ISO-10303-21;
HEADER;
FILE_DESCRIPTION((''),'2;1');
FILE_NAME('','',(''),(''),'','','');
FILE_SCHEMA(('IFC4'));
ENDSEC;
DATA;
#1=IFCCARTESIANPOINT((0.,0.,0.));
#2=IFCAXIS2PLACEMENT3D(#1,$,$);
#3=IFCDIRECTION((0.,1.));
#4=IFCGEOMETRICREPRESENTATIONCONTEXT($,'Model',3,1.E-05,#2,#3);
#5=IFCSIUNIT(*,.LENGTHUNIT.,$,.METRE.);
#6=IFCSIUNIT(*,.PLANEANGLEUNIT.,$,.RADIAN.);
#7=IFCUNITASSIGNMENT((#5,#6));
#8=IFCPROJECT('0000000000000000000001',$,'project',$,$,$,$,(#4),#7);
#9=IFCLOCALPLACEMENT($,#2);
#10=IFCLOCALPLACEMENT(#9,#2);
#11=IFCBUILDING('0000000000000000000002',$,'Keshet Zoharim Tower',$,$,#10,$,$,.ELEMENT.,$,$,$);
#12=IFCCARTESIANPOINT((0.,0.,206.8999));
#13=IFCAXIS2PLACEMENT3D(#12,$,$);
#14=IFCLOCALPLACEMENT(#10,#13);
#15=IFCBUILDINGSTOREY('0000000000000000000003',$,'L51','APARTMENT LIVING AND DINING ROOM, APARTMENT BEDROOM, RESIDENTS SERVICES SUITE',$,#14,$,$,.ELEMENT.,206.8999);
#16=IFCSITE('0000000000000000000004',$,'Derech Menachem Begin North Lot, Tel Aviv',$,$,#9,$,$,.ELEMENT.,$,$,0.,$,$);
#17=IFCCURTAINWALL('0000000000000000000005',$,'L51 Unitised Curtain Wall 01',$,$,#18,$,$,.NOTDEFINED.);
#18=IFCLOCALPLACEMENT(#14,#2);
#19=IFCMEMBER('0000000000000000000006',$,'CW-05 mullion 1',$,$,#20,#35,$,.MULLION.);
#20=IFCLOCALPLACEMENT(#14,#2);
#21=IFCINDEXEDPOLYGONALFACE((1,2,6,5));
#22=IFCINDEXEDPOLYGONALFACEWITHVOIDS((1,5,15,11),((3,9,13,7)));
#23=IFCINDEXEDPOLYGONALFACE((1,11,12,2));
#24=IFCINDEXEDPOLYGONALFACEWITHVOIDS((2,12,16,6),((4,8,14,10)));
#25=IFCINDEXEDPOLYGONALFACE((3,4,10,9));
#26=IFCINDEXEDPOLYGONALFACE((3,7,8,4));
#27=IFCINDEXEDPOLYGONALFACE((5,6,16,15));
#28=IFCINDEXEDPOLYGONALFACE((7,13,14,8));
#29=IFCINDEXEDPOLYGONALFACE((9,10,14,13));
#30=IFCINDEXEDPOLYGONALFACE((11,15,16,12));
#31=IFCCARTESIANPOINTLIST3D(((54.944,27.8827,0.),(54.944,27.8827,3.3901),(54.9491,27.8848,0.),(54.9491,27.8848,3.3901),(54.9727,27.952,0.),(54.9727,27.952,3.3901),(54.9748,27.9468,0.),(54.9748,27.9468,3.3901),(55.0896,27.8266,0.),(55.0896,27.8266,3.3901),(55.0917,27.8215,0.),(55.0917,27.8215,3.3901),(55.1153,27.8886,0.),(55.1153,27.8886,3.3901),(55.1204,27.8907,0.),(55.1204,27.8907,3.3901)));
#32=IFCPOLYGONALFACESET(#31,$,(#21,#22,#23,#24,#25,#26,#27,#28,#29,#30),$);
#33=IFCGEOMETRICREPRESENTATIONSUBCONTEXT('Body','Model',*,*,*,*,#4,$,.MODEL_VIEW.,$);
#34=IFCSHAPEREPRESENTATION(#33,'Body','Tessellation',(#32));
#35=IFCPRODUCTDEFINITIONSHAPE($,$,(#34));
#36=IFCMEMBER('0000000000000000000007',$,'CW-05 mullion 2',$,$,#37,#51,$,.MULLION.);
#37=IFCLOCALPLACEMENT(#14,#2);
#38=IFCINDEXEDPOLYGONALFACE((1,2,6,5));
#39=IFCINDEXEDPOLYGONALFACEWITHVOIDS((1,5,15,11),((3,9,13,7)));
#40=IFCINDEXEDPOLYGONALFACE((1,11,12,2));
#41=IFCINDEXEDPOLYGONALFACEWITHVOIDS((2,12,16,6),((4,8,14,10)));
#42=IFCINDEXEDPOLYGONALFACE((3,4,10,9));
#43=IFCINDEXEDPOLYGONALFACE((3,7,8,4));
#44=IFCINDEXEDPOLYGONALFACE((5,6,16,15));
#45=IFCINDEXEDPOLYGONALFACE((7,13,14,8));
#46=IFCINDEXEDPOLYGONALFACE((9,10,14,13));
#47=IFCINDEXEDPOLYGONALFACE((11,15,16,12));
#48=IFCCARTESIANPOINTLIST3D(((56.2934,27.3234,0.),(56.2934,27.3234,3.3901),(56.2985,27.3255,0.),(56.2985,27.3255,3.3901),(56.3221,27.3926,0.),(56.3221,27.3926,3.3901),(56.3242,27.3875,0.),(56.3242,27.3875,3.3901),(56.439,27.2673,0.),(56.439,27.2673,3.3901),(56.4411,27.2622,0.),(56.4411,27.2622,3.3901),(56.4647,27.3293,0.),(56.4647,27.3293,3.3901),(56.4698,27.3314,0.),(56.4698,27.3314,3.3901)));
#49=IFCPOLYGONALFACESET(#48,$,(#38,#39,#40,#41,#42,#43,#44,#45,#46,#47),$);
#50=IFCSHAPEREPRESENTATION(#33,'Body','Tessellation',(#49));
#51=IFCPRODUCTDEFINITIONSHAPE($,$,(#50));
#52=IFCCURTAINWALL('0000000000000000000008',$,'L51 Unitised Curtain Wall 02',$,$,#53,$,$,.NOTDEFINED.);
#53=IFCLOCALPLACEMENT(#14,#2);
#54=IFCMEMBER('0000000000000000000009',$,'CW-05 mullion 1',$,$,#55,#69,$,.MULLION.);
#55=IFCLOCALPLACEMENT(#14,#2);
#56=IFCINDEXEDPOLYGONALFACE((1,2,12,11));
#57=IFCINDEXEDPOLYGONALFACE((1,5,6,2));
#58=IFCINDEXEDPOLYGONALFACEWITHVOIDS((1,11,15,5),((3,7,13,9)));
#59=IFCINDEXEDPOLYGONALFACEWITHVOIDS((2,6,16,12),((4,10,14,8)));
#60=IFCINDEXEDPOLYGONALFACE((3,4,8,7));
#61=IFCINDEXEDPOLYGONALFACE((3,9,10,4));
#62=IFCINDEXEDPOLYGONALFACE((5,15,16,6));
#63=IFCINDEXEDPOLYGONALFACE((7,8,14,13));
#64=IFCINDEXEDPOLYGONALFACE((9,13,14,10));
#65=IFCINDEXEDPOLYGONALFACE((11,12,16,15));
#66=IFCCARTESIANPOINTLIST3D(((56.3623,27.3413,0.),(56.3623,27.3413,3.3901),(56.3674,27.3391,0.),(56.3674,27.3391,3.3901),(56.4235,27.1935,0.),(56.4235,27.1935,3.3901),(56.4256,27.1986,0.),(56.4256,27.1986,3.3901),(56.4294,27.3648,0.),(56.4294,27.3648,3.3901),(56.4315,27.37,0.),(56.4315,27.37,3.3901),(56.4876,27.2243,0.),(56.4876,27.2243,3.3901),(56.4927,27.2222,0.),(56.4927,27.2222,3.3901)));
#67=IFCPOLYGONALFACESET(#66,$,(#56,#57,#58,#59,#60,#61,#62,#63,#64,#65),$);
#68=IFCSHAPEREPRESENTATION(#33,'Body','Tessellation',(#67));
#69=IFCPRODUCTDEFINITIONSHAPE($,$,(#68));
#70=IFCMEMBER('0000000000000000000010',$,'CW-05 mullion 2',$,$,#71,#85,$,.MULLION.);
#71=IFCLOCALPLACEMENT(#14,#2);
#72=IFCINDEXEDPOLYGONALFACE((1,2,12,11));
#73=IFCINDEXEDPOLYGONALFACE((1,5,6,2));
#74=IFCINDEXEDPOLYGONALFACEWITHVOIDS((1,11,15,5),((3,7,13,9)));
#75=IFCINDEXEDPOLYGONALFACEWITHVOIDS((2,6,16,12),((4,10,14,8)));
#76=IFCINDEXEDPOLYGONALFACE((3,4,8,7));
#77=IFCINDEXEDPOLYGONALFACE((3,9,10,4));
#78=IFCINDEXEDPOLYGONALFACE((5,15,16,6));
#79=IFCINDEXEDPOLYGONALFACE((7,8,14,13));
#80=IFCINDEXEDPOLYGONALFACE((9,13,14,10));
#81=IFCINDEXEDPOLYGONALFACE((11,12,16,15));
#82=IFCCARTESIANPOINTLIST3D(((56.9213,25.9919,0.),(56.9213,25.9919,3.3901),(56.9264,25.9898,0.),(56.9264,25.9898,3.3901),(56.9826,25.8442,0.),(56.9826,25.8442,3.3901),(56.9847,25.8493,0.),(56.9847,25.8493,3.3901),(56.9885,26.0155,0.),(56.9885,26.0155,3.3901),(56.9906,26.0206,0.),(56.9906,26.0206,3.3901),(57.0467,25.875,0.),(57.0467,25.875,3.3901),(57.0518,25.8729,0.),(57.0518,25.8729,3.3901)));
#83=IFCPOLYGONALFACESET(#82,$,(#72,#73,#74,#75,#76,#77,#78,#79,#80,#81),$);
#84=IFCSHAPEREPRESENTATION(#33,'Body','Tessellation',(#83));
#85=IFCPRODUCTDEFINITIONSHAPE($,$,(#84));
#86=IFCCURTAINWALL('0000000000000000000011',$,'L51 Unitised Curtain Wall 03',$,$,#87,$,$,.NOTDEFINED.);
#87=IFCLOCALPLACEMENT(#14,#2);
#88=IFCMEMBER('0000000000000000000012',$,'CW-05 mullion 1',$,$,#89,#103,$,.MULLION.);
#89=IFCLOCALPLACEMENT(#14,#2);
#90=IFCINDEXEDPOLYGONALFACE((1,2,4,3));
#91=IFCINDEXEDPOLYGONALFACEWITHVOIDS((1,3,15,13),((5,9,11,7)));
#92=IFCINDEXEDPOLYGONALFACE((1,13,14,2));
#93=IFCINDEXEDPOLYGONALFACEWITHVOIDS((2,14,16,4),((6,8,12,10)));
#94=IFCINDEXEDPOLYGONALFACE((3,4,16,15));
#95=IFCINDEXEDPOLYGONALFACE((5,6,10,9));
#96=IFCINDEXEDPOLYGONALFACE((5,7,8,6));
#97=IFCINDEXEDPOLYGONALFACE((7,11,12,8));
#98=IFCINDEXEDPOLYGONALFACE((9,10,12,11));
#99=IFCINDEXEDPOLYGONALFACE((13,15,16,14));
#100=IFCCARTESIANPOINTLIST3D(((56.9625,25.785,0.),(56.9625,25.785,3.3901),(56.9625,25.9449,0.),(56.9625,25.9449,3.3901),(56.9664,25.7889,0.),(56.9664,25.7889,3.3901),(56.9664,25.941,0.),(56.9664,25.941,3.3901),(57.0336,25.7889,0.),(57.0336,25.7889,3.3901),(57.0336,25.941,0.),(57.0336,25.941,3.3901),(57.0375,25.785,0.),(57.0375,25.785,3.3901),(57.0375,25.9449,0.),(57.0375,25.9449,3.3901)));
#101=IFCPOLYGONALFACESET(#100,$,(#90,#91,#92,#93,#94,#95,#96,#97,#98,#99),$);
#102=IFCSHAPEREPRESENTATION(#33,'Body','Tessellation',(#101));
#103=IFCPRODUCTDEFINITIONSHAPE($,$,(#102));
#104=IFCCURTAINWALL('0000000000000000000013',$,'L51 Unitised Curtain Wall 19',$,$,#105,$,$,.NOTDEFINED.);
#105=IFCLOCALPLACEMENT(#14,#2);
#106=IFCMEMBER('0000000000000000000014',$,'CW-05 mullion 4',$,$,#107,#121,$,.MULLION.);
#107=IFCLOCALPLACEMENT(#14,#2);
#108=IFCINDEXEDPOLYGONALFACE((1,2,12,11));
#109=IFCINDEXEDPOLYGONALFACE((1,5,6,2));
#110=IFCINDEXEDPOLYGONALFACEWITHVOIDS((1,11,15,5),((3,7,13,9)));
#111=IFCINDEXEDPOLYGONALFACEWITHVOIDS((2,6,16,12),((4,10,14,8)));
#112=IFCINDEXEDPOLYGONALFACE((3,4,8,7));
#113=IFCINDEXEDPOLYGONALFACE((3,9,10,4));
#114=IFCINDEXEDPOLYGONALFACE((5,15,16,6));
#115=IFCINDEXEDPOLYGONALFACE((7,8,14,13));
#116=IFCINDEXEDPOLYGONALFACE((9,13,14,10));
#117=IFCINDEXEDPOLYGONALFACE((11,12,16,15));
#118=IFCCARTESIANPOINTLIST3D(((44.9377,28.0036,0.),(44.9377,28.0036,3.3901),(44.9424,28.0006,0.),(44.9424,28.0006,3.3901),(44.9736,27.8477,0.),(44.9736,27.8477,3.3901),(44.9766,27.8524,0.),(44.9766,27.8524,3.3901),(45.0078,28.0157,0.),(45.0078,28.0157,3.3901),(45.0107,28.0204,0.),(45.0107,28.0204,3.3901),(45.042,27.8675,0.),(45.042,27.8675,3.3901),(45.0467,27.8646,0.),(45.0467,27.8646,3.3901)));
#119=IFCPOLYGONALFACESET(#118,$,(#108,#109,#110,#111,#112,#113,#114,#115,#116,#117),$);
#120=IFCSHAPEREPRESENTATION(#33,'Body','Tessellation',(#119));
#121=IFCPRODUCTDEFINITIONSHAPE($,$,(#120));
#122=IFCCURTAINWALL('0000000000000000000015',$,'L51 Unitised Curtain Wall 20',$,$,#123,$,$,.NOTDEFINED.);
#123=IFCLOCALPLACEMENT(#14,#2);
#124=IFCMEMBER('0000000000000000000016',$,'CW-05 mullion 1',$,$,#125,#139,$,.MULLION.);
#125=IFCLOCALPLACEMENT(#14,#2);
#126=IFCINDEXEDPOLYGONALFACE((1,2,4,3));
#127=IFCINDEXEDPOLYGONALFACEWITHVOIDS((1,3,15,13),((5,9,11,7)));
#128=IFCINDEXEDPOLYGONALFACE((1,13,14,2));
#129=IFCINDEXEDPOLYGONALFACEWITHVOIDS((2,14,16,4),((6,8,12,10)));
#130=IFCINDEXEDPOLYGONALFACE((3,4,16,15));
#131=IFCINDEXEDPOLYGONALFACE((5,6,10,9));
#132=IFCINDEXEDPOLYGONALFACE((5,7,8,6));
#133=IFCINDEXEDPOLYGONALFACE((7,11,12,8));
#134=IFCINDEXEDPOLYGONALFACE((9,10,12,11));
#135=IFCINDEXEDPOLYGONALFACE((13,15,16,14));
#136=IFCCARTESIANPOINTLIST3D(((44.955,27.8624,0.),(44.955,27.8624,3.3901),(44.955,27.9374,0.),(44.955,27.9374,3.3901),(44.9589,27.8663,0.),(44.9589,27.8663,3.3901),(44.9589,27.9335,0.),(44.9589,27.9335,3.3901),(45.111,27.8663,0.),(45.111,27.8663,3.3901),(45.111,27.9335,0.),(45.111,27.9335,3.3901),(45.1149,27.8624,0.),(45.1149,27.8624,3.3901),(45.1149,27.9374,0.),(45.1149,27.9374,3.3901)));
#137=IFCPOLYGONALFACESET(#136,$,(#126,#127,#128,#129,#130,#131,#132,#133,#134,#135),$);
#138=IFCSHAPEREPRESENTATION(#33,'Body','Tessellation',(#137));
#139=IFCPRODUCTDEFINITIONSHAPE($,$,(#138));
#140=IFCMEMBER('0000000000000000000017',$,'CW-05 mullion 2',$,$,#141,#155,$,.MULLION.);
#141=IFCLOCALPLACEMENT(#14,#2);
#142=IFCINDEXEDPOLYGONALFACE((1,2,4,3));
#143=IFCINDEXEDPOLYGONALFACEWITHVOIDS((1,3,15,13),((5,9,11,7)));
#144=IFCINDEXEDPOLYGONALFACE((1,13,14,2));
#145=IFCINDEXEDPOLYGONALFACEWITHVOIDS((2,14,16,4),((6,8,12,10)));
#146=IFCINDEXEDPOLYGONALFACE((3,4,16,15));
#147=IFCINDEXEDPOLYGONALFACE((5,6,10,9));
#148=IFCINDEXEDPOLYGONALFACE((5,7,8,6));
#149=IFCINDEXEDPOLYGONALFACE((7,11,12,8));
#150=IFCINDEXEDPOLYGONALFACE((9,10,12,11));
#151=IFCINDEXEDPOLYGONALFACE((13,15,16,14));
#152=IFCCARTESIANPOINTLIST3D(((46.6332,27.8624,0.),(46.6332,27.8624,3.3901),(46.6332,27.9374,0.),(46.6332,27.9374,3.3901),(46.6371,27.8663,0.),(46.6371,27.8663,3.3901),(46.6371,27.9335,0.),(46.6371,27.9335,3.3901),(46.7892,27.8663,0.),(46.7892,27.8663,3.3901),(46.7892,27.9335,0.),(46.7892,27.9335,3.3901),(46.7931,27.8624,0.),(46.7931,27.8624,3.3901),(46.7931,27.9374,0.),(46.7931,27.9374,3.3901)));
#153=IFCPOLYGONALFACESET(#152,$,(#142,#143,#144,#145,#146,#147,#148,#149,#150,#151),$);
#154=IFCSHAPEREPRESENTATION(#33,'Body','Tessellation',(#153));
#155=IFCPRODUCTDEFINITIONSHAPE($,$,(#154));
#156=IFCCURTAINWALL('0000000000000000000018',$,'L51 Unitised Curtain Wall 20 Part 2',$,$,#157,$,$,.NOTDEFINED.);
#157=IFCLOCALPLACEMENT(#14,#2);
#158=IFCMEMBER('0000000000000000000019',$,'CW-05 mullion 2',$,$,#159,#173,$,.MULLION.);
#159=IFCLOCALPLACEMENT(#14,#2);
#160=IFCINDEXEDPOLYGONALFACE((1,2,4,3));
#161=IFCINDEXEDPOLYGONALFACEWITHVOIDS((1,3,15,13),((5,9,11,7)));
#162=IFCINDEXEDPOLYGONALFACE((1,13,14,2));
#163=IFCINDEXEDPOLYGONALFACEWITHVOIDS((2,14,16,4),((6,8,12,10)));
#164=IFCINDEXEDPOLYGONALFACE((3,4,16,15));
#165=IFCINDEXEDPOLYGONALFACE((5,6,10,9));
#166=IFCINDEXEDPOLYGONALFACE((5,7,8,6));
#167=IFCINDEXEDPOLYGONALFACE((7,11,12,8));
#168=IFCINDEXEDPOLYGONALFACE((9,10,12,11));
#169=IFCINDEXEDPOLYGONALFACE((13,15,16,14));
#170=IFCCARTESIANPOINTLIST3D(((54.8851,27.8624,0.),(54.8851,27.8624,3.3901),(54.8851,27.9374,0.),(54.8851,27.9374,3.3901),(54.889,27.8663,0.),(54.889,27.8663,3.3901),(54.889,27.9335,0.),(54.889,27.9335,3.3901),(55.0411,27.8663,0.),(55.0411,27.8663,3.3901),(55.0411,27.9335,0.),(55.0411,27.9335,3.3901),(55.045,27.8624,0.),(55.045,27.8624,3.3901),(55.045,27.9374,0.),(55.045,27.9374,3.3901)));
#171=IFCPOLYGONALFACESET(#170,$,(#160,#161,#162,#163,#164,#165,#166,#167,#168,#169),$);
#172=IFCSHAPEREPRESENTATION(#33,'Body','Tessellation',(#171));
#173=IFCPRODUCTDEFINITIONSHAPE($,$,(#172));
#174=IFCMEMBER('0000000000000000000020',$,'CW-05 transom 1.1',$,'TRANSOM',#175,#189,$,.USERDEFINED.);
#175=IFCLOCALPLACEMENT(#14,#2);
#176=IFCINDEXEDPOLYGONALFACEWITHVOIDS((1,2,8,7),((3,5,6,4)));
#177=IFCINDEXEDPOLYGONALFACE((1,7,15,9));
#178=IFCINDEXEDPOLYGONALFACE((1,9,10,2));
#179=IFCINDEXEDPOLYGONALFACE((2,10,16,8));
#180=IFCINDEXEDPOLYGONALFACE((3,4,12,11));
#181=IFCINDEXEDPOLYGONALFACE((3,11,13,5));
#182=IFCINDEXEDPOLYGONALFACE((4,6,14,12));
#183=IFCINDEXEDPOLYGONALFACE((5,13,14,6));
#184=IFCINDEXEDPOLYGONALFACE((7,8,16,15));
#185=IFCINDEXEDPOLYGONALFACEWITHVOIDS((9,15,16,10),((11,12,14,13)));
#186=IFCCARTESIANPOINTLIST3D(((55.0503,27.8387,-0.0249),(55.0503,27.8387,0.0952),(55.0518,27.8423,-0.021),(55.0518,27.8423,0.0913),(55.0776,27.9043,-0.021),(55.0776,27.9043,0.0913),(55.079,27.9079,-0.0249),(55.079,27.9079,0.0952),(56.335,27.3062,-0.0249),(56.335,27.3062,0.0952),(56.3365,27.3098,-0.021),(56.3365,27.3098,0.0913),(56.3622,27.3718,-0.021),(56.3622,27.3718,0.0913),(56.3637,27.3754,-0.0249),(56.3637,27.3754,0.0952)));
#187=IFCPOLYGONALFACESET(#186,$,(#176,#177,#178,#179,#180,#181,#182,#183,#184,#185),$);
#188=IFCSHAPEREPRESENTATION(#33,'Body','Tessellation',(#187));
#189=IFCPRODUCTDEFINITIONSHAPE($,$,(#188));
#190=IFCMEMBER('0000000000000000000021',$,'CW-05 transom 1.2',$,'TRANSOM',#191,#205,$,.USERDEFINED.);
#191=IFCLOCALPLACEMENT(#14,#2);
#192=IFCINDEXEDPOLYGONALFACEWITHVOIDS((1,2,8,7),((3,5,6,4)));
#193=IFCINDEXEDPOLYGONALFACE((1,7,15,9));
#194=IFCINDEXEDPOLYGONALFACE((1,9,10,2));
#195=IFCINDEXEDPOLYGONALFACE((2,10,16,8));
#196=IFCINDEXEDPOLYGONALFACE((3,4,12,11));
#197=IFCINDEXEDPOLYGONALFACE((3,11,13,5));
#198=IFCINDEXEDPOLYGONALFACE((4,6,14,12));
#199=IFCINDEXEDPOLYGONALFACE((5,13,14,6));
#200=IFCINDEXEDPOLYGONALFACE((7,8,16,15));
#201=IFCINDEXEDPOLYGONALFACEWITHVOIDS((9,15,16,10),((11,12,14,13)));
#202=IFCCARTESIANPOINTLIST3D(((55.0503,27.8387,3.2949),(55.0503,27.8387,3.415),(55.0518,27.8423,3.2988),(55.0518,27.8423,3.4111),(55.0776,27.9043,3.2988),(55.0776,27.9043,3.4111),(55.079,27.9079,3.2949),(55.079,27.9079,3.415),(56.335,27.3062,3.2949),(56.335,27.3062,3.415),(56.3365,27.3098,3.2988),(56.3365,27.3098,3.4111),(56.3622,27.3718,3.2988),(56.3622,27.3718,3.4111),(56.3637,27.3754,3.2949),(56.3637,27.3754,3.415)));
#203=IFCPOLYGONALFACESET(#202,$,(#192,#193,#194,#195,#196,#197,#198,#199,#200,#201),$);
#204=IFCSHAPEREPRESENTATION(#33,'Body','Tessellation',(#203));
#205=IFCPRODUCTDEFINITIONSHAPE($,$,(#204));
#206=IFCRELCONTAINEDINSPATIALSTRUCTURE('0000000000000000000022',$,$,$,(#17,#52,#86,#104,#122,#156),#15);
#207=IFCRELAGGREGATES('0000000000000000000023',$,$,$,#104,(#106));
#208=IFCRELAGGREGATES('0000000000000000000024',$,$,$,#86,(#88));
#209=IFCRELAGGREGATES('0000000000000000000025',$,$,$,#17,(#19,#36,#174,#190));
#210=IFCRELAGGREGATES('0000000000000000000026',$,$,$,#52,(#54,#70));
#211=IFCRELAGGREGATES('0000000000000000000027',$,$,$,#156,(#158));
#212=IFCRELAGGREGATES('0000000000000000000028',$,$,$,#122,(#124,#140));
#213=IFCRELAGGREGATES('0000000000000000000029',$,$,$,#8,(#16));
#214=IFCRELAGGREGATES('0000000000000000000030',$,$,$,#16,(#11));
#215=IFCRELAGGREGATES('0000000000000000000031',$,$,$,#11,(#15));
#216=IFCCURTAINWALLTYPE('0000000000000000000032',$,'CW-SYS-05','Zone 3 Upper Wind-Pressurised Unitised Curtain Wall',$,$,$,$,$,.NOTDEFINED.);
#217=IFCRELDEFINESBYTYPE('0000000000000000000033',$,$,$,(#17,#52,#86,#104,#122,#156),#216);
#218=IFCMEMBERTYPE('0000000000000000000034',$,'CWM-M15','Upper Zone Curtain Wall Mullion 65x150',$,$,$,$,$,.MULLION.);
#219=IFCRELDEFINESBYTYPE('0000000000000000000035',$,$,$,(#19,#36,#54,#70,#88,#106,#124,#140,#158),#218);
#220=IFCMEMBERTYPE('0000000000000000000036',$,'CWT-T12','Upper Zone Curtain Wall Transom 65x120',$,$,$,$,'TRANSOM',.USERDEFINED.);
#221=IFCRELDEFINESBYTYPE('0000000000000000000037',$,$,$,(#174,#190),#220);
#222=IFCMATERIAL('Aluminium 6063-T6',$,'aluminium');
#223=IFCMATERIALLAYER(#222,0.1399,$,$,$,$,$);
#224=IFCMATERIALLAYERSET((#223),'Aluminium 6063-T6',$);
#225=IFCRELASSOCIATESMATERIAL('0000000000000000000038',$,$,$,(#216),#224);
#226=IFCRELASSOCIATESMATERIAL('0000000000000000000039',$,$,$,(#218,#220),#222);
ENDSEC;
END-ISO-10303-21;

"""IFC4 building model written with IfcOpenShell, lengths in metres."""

from ifc_helpers import new_model, si_unit, direction, frame, origin, origin_2d, place, context, subcontext, project, spatial, hollow_rectangle, extrude, material, layer, layer_set, material_profile, profile_set, type_object, element, aggregate, save


model = new_model("IFC4")

# Units and contexts
model_context = context("Model", 3, precision=1e-05, world=origin(), true_north=direction((0.0, 1.0)))
body_context = subcontext(model_context, "Body", "Model", "MODEL_VIEW")
ifc_project = project(units=[si_unit("LENGTHUNIT", "METRE"), si_unit("PLANEANGLEUNIT", "RADIAN")], contexts=[model_context])

# Site, building, storey
site_placement = place(None, origin())
site = spatial("IfcSite", under=ifc_project, at=site_placement, Name="Derech Menachem Begin North Lot, Tel Aviv", CompositionType="ELEMENT", RefElevation=0.0)
building_placement = place(site_placement, origin())
building = spatial("IfcBuilding", under=site, at=building_placement, Name="Keshet Zoharim Tower", CompositionType="ELEMENT")
storey_placement = place(building_placement, frame((0.0, 0.0, 206.8999)))
storey = spatial("IfcBuildingStorey", under=building, at=storey_placement, Name="L51", Description="APARTMENT LIVING AND DINING ROOM, APARTMENT BEDROOM, RESIDENTS SERVICES SUITE", CompositionType="ELEMENT", Elevation=206.8999)

# Curtain walls, members
ifc_material_1 = material(Name="Aluminium 6063-T6", Category="aluminium")
ifc_layer_1 = layer(ifc_material_1, 0.1399)
ifc_layer_set_1 = layer_set([ifc_layer_1], Name="Aluminium 6063-T6")
curtain_wall_type = type_object("IfcCurtainWallType", Name="CW-SYS-05", Description="Zone 3 Upper Wind-Pressurised Unitised Curtain Wall", PredefinedType="NOTDEFINED", material=ifc_layer_set_1)
curtain_wall_1_placement = place(storey_placement, origin())
curtain_wall_1 = element("IfcCurtainWall", 1, at=curtain_wall_1_placement, inside=storey, type_object=curtain_wall_type, Name="L51 Unitised Curtain Wall 01", PredefinedType="NOTDEFINED")
ifc_material_profile_1 = material_profile(ifc_material_1, hollow_rectangle(XDim=0.075, YDim=0.1599, WallThickness=0.0039, at=origin_2d()), Name="MUL-75x160")
ifc_profile_set_1 = profile_set([ifc_material_profile_1], Name="Aluminium 6063-T6")
member_type_1 = type_object("IfcMemberType", Name="CWM-M15", Description="Upper Zone Curtain Wall Mullion 65x150", PredefinedType="MULLION", material=ifc_profile_set_1)
member_1_placement = place(storey_placement, frame((55.0322, 27.8867, 0.0), z_axis=(0.0, 0.0, 1.0), x_axis=(0.382852, 0.92381, 0.0)))
member_1 = element("IfcMember", 2, at=member_1_placement, type_object=member_type_1, Name="CW-05 mullion 1", PredefinedType="MULLION", context=body_context, shape_type="SweptSolid", body=[
    extrude(hollow_rectangle(XDim=0.075, YDim=0.1599, WallThickness=0.0039, at=origin_2d()), origin(), (0.0, 0.0, 1.0), 3.3901),
])
member_2_placement = place(storey_placement, frame((56.3816, 27.3274, 0.0), z_axis=(0.0, 0.0, 1.0), x_axis=(0.382852, 0.92381, 0.0)))
member_2 = element("IfcMember", 3, at=member_2_placement, type_object=member_type_1, Name="CW-05 mullion 2", PredefinedType="MULLION", context=body_context, shape_type="SweptSolid", body=[
    extrude(hollow_rectangle(XDim=0.075, YDim=0.1599, WallThickness=0.0039, at=origin_2d()), origin(), (0.0, 0.0, 1.0), 3.3901),
])
curtain_wall_2_placement = place(storey_placement, origin())
curtain_wall_2 = element("IfcCurtainWall", 4, at=curtain_wall_2_placement, inside=storey, type_object=curtain_wall_type, Name="L51 Unitised Curtain Wall 02", PredefinedType="NOTDEFINED")
member_3_placement = place(storey_placement, frame((56.4275, 27.2817, 0.0), z_axis=(0.0, 0.0, 1.0), x_axis=(0.92381, 0.382852, 0.0)))
member_3 = element("IfcMember", 5, at=member_3_placement, type_object=member_type_1, Name="CW-05 mullion 1", PredefinedType="MULLION", context=body_context, shape_type="SweptSolid", body=[
    extrude(hollow_rectangle(XDim=0.075, YDim=0.1599, WallThickness=0.0039, at=origin_2d()), origin(), (0.0, 0.0, 1.0), 3.3901),
])
member_4_placement = place(storey_placement, frame((56.9866, 25.9324, 0.0), z_axis=(0.0, 0.0, 1.0), x_axis=(0.92381, 0.382852, 0.0)))
member_4 = element("IfcMember", 6, at=member_4_placement, type_object=member_type_1, Name="CW-05 mullion 2", PredefinedType="MULLION", context=body_context, shape_type="SweptSolid", body=[
    extrude(hollow_rectangle(XDim=0.075, YDim=0.1599, WallThickness=0.0039, at=origin_2d()), origin(), (0.0, 0.0, 1.0), 3.3901),
])

# Curtain walls, members
curtain_wall_3_placement = place(storey_placement, origin())
curtain_wall_3 = element("IfcCurtainWall", 7, at=curtain_wall_3_placement, inside=storey, type_object=curtain_wall_type, Name="L51 Unitised Curtain Wall 03", PredefinedType="NOTDEFINED")
member_5_placement = place(storey_placement, frame((57.0, 25.865, 0.0), z_axis=(0.0, 0.0, 1.0), x_axis=(1.0, 0.0, 0.0)))
member_5 = element("IfcMember", 8, at=member_5_placement, type_object=member_type_1, Name="CW-05 mullion 1", PredefinedType="MULLION", context=body_context, shape_type="SweptSolid", body=[
    extrude(hollow_rectangle(XDim=0.075, YDim=0.1599, WallThickness=0.0039, at=origin_2d()), origin(), (0.0, 0.0, 1.0), 3.3901),
])
curtain_wall_4_placement = place(storey_placement, origin())
curtain_wall_4 = element("IfcCurtainWall", 9, at=curtain_wall_4_placement, inside=storey, type_object=curtain_wall_type, Name="L51 Unitised Curtain Wall 19", PredefinedType="NOTDEFINED")
member_6_placement = place(storey_placement, frame((44.9922, 27.9341, 0.0), z_axis=(0.0, 0.0, 1.0), x_axis=(0.974394, 0.224848, 0.0)))
member_6 = element("IfcMember", 10, at=member_6_placement, type_object=member_type_1, Name="CW-05 mullion 4", PredefinedType="MULLION", context=body_context, shape_type="SweptSolid", body=[
    extrude(hollow_rectangle(XDim=0.075, YDim=0.1599, WallThickness=0.0039, at=origin_2d()), origin(), (0.0, 0.0, 1.0), 3.3901),
])
aggregate(curtain_wall_4, [member_6])

# Curtain wall, members
curtain_wall_5_placement = place(storey_placement, origin())
curtain_wall_5 = element("IfcCurtainWall", 11, at=curtain_wall_5_placement, inside=storey, type_object=curtain_wall_type, Name="L51 Unitised Curtain Wall 20", PredefinedType="NOTDEFINED")
member_7_placement = place(storey_placement, frame((45.0349, 27.8999, 0.0), z_axis=(0.0, 0.0, 1.0), x_axis=(0.0, 1.0, 0.0)))
member_7 = element("IfcMember", 12, at=member_7_placement, type_object=member_type_1, Name="CW-05 mullion 1", PredefinedType="MULLION", context=body_context, shape_type="SweptSolid", body=[
    extrude(hollow_rectangle(XDim=0.075, YDim=0.1599, WallThickness=0.0039, at=origin_2d()), origin(), (0.0, 0.0, 1.0), 3.3901),
])
member_8_placement = place(storey_placement, frame((46.7131, 27.8999, 0.0), z_axis=(0.0, 0.0, 1.0), x_axis=(0.0, 1.0, 0.0)))
member_8 = element("IfcMember", 13, at=member_8_placement, type_object=member_type_1, Name="CW-05 mullion 2", PredefinedType="MULLION", context=body_context, shape_type="SweptSolid", body=[
    extrude(hollow_rectangle(XDim=0.075, YDim=0.1599, WallThickness=0.0039, at=origin_2d()), origin(), (0.0, 0.0, 1.0), 3.3901),
])

# Curtain wall, member
curtain_wall_6_placement = place(storey_placement, origin())
curtain_wall_6 = element("IfcCurtainWall", 14, at=curtain_wall_6_placement, inside=storey, type_object=curtain_wall_type, Name="L51 Unitised Curtain Wall 20 Part 2", PredefinedType="NOTDEFINED")
member_9_placement = place(storey_placement, frame((54.9651, 27.8999, 0.0), z_axis=(0.0, 0.0, 1.0), x_axis=(0.0, 1.0, 0.0)))
member_9 = element("IfcMember", 15, at=member_9_placement, type_object=member_type_1, Name="CW-05 mullion 2", PredefinedType="MULLION", context=body_context, shape_type="SweptSolid", body=[
    extrude(hollow_rectangle(XDim=0.075, YDim=0.1599, WallThickness=0.0039, at=origin_2d()), origin(), (0.0, 0.0, 1.0), 3.3901),
])

# Members
ifc_material_profile_2 = material_profile(ifc_material_1, hollow_rectangle(XDim=0.075, YDim=0.1201, WallThickness=0.0039, at=origin_2d()), Name="TRN-75x120")
ifc_profile_set_2 = profile_set([ifc_material_profile_2], Name="Aluminium 6063-T6")
member_type_2 = type_object("IfcMemberType", Name="CWT-T12", Description="Upper Zone Curtain Wall Transom 65x120", ElementType="TRANSOM", PredefinedType="USERDEFINED", material=ifc_profile_set_2)
member_10_placement = place(storey_placement, frame((55.0647, 27.8733, 0.0352), z_axis=(0.923792, -0.382894, 0.0), x_axis=(0.382894, 0.923792, 0.0)))
member_10 = element("IfcMember", 16, at=member_10_placement, type_object=member_type_2, Name="CW-05 transom 1.1", ObjectType="TRANSOM", PredefinedType="USERDEFINED", context=body_context, shape_type="SweptSolid", body=[
    extrude(hollow_rectangle(XDim=0.075, YDim=0.1201, WallThickness=0.0039, at=origin_2d()), origin(), (0.0, 0.0, 1.0), 1.3906),
])
member_11_placement = place(storey_placement, frame((55.0647, 27.8733, 3.355), z_axis=(0.923792, -0.382894, 0.0), x_axis=(0.382894, 0.923792, 0.0)))
member_11 = element("IfcMember", 17, at=member_11_placement, type_object=member_type_2, Name="CW-05 transom 1.2", ObjectType="TRANSOM", PredefinedType="USERDEFINED", context=body_context, shape_type="SweptSolid", body=[
    extrude(hollow_rectangle(XDim=0.075, YDim=0.1201, WallThickness=0.0039, at=origin_2d()), origin(), (0.0, 0.0, 1.0), 1.3906),
])
aggregate(curtain_wall_3, [member_5])

aggregate(curtain_wall_1, [member_1, member_2, member_10, member_11])
aggregate(curtain_wall_2, [member_3, member_4])
aggregate(curtain_wall_6, [member_9])
aggregate(curtain_wall_5, [member_7, member_8])

save(model, "model.ifc")
